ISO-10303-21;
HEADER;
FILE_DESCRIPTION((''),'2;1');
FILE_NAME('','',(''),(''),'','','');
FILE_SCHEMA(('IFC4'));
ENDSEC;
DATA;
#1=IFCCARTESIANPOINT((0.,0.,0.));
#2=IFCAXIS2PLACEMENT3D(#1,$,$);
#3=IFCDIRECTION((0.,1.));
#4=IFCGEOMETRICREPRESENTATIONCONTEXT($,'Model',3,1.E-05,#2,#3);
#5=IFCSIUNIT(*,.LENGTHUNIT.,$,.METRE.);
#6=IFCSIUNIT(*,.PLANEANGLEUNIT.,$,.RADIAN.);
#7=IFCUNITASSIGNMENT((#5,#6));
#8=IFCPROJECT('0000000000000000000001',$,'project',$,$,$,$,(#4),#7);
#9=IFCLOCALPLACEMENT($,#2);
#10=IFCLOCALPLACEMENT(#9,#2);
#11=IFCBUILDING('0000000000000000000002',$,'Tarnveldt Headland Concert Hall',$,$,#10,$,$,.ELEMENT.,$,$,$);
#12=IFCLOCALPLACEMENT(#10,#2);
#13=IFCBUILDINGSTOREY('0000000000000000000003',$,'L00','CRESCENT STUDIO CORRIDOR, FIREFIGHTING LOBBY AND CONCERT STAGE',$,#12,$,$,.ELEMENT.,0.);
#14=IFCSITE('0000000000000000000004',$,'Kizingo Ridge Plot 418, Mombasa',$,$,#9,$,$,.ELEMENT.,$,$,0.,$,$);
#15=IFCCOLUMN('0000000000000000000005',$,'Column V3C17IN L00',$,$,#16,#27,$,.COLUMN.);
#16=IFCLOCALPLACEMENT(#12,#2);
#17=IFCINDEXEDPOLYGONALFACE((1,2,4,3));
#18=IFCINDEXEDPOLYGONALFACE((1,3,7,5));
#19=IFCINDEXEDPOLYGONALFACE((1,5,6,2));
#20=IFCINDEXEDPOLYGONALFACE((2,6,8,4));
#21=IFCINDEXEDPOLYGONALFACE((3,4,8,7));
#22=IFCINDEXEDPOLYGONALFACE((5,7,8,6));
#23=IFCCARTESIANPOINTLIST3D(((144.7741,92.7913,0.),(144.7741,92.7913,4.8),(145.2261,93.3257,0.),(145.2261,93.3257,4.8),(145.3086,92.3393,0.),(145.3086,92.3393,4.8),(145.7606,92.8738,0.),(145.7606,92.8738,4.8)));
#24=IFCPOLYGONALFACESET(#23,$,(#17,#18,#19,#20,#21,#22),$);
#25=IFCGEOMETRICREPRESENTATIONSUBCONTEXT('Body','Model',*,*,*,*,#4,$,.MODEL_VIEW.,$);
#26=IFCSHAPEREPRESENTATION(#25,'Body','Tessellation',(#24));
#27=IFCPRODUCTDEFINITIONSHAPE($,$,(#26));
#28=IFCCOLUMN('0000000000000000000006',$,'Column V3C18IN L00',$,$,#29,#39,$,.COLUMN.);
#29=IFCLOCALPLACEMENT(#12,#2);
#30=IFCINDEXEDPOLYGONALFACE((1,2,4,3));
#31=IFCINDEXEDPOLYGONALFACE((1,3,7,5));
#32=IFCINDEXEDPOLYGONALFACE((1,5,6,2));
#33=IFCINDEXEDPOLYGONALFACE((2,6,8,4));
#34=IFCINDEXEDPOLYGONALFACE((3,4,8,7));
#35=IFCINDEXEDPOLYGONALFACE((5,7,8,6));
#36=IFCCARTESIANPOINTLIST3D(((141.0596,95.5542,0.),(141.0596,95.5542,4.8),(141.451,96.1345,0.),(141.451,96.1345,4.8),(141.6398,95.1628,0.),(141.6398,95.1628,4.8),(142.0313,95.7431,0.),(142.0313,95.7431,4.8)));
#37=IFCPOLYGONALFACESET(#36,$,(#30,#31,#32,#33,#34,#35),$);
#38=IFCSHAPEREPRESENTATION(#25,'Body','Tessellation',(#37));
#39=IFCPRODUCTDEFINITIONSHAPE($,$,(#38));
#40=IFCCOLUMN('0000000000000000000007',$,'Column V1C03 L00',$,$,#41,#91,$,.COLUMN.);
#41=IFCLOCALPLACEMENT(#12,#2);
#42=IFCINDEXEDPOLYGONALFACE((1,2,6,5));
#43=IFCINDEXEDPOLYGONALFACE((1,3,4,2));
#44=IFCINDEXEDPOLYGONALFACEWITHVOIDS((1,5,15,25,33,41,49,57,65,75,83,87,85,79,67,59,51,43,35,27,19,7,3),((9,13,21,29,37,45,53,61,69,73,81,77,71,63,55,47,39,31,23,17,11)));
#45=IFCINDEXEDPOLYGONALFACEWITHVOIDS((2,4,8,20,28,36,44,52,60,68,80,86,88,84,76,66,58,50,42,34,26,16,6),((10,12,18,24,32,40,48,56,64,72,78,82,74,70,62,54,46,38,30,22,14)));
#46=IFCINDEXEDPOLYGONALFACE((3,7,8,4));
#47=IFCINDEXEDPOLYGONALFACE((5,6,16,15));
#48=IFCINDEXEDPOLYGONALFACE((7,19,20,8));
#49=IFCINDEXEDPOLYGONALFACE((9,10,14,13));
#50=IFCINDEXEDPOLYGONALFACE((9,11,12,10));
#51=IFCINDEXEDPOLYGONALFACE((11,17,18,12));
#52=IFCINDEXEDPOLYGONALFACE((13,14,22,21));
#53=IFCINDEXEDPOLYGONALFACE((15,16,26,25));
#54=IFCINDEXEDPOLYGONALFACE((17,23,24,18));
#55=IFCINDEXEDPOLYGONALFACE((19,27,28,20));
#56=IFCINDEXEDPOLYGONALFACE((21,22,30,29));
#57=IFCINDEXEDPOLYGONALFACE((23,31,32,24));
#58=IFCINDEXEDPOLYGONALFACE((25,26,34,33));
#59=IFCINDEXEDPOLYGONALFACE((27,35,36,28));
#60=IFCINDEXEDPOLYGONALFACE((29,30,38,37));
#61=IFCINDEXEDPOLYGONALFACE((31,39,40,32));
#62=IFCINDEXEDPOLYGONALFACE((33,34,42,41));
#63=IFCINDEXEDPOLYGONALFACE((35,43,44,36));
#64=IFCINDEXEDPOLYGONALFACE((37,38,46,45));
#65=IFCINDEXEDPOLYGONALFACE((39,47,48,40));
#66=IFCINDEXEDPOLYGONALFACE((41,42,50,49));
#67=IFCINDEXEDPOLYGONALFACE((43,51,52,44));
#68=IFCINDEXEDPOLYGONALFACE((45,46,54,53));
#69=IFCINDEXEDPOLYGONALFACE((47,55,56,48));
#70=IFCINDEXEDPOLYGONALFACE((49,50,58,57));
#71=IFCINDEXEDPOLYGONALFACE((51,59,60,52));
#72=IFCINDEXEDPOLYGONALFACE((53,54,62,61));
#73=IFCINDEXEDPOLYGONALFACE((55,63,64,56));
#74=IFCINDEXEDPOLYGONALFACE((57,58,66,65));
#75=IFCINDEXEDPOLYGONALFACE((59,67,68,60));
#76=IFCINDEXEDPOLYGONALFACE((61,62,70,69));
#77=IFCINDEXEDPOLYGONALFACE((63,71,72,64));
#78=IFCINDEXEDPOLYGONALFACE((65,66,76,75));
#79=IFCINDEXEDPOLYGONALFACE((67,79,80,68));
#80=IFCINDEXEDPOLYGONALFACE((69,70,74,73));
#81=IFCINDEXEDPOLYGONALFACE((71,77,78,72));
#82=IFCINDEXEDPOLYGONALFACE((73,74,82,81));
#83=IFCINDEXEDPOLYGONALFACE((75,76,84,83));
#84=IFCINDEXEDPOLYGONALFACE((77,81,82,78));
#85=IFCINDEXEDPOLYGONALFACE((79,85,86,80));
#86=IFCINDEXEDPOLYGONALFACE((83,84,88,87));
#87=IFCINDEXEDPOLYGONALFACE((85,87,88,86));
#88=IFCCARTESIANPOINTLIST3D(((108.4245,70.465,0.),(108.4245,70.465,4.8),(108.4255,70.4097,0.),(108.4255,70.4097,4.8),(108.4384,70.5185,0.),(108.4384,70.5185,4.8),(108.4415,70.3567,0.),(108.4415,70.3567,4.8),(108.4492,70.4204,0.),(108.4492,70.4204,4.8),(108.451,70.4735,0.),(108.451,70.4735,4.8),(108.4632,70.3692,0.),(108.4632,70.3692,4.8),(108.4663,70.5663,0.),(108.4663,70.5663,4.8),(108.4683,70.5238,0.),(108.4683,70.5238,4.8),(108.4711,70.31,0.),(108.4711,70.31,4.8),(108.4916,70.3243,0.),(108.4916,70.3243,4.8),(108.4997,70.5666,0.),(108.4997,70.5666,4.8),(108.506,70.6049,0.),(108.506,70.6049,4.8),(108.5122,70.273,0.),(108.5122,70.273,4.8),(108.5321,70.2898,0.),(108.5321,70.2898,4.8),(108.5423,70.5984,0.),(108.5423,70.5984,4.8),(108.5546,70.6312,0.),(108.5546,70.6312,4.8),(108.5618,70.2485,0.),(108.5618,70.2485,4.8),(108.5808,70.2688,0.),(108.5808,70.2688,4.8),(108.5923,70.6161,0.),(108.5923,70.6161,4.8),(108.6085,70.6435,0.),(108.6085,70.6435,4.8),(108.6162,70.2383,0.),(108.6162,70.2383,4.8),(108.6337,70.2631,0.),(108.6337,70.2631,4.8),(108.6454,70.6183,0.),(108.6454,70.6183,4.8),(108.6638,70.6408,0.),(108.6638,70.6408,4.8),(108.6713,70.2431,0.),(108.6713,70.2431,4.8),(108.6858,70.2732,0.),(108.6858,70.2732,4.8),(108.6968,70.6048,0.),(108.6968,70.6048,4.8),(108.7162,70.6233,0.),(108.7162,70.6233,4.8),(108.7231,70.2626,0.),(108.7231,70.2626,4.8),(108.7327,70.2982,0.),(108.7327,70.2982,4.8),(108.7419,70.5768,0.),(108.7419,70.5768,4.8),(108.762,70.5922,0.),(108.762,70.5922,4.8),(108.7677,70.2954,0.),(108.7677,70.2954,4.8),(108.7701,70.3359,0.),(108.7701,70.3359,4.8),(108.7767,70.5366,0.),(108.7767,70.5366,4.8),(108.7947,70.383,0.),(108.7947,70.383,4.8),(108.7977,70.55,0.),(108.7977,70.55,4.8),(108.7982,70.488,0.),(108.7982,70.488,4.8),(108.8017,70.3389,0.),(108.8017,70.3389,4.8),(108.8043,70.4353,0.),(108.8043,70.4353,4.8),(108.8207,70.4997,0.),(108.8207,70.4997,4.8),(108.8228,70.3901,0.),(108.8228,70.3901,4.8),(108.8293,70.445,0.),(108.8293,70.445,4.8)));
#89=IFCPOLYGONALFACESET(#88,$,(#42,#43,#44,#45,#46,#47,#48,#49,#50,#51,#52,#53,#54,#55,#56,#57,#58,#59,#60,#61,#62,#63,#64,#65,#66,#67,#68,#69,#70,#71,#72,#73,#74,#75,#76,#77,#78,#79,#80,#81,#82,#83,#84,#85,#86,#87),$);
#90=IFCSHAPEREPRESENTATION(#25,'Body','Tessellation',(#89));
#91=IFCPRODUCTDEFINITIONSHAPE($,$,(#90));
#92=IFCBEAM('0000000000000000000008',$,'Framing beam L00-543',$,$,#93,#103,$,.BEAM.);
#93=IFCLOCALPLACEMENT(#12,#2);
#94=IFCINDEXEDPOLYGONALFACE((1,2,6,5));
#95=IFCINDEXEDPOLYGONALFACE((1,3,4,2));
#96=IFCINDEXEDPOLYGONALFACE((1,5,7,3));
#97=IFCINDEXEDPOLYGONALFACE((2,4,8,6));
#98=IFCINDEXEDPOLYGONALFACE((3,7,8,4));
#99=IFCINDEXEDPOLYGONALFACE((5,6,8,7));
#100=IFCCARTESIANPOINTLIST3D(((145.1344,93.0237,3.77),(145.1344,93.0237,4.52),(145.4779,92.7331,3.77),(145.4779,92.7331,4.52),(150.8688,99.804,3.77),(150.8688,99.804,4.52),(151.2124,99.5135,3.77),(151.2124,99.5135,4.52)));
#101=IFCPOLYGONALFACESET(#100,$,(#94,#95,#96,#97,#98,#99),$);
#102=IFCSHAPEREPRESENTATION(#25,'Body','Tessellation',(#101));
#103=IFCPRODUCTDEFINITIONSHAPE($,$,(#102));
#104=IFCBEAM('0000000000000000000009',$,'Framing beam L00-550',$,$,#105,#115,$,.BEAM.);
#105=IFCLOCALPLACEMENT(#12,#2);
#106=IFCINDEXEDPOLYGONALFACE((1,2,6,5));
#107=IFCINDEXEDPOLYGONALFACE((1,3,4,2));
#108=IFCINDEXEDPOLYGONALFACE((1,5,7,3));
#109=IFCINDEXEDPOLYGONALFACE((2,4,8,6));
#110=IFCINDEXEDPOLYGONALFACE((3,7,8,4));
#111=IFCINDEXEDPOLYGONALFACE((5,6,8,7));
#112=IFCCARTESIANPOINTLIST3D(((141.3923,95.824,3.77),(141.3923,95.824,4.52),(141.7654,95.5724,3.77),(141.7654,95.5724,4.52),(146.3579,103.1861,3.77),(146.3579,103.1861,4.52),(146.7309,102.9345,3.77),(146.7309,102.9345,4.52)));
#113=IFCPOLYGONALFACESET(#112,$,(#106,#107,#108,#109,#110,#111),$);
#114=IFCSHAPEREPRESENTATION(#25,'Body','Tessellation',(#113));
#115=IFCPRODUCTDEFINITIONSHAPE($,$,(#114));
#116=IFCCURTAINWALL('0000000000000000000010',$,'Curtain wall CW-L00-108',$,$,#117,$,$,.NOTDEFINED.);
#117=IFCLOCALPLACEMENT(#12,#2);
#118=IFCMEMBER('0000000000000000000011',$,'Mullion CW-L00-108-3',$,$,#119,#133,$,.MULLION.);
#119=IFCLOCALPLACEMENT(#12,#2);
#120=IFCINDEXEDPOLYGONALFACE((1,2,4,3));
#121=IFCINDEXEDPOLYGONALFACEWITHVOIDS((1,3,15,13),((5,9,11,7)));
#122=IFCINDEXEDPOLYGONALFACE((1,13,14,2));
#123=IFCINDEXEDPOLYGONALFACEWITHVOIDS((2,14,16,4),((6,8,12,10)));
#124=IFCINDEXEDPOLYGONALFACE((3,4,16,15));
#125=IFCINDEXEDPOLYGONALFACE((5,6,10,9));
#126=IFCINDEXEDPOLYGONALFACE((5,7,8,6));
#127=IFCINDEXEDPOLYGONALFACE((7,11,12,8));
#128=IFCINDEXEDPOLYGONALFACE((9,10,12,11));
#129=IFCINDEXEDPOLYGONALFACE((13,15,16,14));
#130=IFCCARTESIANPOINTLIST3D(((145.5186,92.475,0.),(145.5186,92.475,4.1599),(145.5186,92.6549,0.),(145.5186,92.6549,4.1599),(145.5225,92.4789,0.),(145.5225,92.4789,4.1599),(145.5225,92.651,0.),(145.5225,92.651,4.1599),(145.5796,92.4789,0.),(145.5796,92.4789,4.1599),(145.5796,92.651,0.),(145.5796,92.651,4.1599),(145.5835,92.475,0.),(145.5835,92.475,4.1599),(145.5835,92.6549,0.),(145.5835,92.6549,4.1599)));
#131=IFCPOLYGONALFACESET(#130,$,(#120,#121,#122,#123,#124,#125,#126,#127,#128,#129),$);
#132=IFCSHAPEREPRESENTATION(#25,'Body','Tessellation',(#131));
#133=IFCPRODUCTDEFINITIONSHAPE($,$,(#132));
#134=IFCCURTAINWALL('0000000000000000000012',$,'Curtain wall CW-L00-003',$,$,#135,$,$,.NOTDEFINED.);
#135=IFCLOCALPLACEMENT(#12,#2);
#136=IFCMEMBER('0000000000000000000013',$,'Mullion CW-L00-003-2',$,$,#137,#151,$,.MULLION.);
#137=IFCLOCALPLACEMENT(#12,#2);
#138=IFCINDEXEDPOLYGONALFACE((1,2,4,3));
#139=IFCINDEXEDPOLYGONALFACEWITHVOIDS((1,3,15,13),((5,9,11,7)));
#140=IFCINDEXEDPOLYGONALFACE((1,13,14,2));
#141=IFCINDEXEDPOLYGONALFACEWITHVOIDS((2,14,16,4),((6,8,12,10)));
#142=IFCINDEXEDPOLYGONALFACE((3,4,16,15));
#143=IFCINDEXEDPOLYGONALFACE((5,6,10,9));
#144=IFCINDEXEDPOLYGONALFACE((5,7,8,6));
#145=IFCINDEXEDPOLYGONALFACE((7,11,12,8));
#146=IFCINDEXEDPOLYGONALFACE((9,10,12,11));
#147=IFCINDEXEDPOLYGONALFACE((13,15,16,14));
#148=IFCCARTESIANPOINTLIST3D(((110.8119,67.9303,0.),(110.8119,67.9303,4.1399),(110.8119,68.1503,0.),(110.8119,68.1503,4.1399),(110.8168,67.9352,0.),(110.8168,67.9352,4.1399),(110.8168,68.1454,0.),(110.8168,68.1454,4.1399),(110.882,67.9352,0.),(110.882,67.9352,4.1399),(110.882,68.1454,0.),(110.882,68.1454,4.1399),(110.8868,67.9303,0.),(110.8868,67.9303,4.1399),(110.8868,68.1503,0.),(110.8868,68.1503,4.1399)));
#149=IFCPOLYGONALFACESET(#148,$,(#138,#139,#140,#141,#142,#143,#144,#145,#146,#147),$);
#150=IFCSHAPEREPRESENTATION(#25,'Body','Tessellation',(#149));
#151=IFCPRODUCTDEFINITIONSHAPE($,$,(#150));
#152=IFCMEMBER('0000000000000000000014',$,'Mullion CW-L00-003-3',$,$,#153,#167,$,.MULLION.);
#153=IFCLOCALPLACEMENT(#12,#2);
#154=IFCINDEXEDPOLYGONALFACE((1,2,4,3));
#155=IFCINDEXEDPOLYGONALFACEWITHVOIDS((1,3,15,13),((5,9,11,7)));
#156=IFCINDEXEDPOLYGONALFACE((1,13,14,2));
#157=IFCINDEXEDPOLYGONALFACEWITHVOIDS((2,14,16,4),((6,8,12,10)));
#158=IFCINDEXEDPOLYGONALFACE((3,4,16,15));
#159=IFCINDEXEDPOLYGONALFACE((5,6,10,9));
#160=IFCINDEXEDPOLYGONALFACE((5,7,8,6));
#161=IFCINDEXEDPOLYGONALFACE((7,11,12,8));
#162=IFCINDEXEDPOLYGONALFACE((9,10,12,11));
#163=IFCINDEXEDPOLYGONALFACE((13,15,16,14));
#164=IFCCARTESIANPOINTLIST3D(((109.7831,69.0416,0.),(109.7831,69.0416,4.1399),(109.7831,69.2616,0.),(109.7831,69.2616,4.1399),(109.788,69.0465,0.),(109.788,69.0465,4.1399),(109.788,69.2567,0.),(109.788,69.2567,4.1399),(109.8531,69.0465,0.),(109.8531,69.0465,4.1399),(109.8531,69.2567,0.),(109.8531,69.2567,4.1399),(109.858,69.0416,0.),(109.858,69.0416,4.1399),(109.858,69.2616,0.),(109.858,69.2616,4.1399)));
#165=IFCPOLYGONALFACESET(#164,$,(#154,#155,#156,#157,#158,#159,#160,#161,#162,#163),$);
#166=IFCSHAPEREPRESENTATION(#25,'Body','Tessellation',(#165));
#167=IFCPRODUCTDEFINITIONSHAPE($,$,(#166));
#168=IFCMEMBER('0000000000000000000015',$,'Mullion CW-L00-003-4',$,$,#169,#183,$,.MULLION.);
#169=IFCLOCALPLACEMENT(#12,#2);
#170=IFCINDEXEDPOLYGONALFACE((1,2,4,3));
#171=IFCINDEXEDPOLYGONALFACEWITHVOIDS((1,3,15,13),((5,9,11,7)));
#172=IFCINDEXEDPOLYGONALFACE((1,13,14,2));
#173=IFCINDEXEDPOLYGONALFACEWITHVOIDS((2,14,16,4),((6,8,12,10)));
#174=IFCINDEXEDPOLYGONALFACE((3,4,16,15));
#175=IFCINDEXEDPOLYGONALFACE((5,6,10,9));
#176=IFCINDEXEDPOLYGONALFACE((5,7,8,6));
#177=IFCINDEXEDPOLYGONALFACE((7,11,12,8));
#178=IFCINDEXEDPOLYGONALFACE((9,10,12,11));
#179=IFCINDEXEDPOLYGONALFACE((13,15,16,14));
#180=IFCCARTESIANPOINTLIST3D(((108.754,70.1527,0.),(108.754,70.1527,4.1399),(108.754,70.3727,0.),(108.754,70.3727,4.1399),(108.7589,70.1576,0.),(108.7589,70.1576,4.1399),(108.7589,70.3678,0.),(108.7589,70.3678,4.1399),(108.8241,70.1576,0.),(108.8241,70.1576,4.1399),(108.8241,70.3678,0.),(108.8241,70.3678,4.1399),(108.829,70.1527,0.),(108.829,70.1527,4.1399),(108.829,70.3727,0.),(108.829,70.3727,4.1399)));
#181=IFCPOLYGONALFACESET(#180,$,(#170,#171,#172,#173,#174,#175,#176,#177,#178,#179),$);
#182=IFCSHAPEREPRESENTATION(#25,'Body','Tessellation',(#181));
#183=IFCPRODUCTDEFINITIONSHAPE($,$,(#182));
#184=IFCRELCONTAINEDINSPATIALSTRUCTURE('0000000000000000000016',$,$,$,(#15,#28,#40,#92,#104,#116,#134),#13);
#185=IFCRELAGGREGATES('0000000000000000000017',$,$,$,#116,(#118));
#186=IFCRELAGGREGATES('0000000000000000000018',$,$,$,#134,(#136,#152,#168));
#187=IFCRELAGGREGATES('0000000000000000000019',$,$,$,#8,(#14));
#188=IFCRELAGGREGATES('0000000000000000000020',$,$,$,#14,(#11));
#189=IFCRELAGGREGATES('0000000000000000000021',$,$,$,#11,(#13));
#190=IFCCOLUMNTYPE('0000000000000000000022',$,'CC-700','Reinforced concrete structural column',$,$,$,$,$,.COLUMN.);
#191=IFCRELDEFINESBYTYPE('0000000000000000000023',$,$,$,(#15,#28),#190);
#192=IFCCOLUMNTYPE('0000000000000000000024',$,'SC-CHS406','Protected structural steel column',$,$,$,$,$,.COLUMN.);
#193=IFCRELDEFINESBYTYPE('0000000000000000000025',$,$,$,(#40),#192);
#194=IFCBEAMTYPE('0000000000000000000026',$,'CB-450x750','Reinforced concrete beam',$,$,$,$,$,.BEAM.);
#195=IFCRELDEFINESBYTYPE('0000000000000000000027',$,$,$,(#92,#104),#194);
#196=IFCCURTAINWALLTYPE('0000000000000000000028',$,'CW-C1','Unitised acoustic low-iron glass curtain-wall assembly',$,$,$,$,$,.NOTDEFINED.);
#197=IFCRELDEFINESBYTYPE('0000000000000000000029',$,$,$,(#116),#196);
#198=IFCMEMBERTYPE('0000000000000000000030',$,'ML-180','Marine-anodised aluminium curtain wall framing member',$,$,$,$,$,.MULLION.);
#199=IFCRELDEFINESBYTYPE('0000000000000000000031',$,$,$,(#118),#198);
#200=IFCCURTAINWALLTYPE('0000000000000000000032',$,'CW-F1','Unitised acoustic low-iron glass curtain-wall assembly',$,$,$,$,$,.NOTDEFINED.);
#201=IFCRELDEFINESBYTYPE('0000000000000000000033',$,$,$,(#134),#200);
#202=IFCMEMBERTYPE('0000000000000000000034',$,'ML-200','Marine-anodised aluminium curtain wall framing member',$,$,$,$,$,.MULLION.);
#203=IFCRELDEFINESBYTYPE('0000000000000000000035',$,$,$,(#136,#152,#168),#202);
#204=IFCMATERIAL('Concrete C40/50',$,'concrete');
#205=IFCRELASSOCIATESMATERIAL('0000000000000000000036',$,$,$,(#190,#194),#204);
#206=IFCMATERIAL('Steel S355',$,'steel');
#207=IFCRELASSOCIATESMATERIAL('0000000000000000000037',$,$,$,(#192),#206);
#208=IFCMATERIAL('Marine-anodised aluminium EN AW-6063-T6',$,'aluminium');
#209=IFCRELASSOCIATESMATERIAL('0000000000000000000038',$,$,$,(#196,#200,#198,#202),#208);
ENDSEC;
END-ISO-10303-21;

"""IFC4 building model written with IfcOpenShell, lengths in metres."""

from ifc_helpers import new_model, si_unit, direction, frame, origin, origin_2d, place, context, subcontext, project, spatial, rectangle, hollow_rectangle, hollow_circle, extrude, material, material_profile, profile_set, type_object, element, aggregate, save


model = new_model("IFC4")

# Units and contexts
model_context = context("Model", 3, precision=1e-05, world=origin(), true_north=direction((0.0, 1.0)))
body_context = subcontext(model_context, "Body", "Model", "MODEL_VIEW")
ifc_project = project(units=[si_unit("LENGTHUNIT", "METRE"), si_unit("PLANEANGLEUNIT", "RADIAN")], contexts=[model_context])

# Site, building, storey
site_placement = place(None, origin())
site = spatial("IfcSite", under=ifc_project, at=site_placement, Name="Kizingo Ridge Plot 418, Mombasa", CompositionType="ELEMENT", RefElevation=0.0)
building_placement = place(site_placement, origin())
building = spatial("IfcBuilding", under=site, at=building_placement, Name="Tarnveldt Headland Concert Hall", CompositionType="ELEMENT")
storey_placement = place(building_placement, origin())
storey = spatial("IfcBuildingStorey", under=building, at=storey_placement, Name="L00", Description="CRESCENT STUDIO CORRIDOR, FIREFIGHTING LOBBY AND CONCERT STAGE", CompositionType="ELEMENT", Elevation=0.0)

# Columns
ifc_material_1 = material(Name="Concrete C40/50", Category="concrete")
ifc_material_profile_1 = material_profile(ifc_material_1, rectangle(XDim=0.7, YDim=0.7, at=origin_2d()), Name="RC 700x700", Category="concrete")
ifc_profile_set_1 = profile_set([ifc_material_profile_1], Name="Concrete C40/50")
column_type_1 = type_object("IfcColumnType", Name="CC-700", Description="Reinforced concrete structural column", PredefinedType="COLUMN", material=ifc_profile_set_1)
for number, where, z_axis, x_axis, name in (
    (1, (145.2673, 92.8325, 0.0), (0.0, 0.0, 1.0), (0.645724, 0.763571, 0.0), "Column V3C17IN L00"),
    (2, (141.5454, 95.6487, 0.0), (0.0, 0.0, 1.0), (0.559193, 0.829038, 0.0), "Column V3C18IN L00"),
):
    element("IfcColumn", number, at=place(storey_placement, frame(where, z_axis=z_axis, x_axis=x_axis)), inside=storey, type_object=column_type_1, Name=name, PredefinedType="COLUMN", context=body_context, shape_type="SweptSolid", body=[
        extrude(rectangle(XDim=0.7, YDim=0.7, at=origin_2d()), origin(), (0.0, 0.0, 1.0), 4.8),
    ])
ifc_material_2 = material(Name="Steel S355", Category="steel")
ifc_material_profile_2 = material_profile(ifc_material_2, hollow_circle(Radius=0.2031, WallThickness=0.0249, at=origin_2d()), Name="CHS 406.4x25", Category="steel")
ifc_profile_set_2 = profile_set([ifc_material_profile_2], Name="Steel S355")
column_type_2 = type_object("IfcColumnType", Name="SC-CHS406", Description="Protected structural steel column", PredefinedType="COLUMN", material=ifc_profile_set_2)
column_placement = place(storey_placement, frame((108.6262, 70.4412, 0.0), z_axis=(0.0, 0.0, 1.0), x_axis=(0.844421, 0.535679, 0.0)))
element("IfcColumn", 3, at=column_placement, inside=storey, type_object=column_type_2, Name="Column V1C03 L00", PredefinedType="COLUMN", context=body_context, shape_type="SweptSolid", body=[
    extrude(hollow_circle(Radius=0.2031, WallThickness=0.0249, at=origin_2d()), origin(), (0.0, 0.0, 1.0), 4.8),
])

# Beams
ifc_material_profile_3 = material_profile(ifc_material_1, rectangle(XDim=0.45, YDim=0.75, at=origin_2d()), Name="RC 450x750", Category="concrete")
ifc_profile_set_3 = profile_set([ifc_material_profile_3], Name="Concrete C40/50")
beam_type_1 = type_object("IfcBeamType", Name="CB-450x750", Description="Reinforced concrete beam", PredefinedType="BEAM", material=ifc_profile_set_3)
for number, where, z_axis, x_axis, name in (
    (4, (145.3062, 92.8784, 4.145), (0.64576, 0.763541, 0.0), (-0.763541, 0.64576, 0.0), "Framing beam L00-543"),
    (5, (141.5789, 95.6982, 4.145), (0.559178, 0.829048, 0.0), (-0.829048, 0.559178, 0.0), "Framing beam L00-550"),
):
    element("IfcBeam", number, at=place(storey_placement, frame(where, z_axis=z_axis, x_axis=x_axis)), inside=storey, type_object=beam_type_1, Name=name, PredefinedType="BEAM", context=body_context, shape_type="SweptSolid", body=[
        extrude(rectangle(XDim=0.45, YDim=0.75, at=origin_2d()), origin(), (0.0, 0.0, 1.0), 8.8801),
    ])

# Curtain wall, member
ifc_material_3 = material(Name="Marine-anodised aluminium EN AW-6063-T6", Category="aluminium")
curtain_wall_type_1 = type_object("IfcCurtainWallType", Name="CW-C1", Description="Unitised acoustic low-iron glass curtain-wall assembly", PredefinedType="NOTDEFINED", material=ifc_material_3)
curtain_wall_1_placement = place(storey_placement, origin())
curtain_wall_1 = element("IfcCurtainWall", 6, at=curtain_wall_1_placement, inside=storey, type_object=curtain_wall_type_1, Name="Curtain wall CW-L00-108", PredefinedType="NOTDEFINED")
ifc_material_profile_4 = material_profile(ifc_material_3, hollow_rectangle(XDim=0.0649, YDim=0.1799, WallThickness=0.0039, at=origin_2d()), Name="ALU MULLION 65x180x4", Category="aluminium")
ifc_profile_set_4 = profile_set([ifc_material_profile_4], Name="Marine-anodised aluminium EN AW-6063-T6")
member_type_1 = type_object("IfcMemberType", Name="ML-180", Description="Marine-anodised aluminium curtain wall framing member", PredefinedType="MULLION", material=ifc_profile_set_4)
member_1_placement = place(storey_placement, frame((145.551, 92.5649, 0.0), z_axis=(0.0, 0.0, 1.0), x_axis=(1.0, 0.0, 0.0)))
member_1 = element("IfcMember", 7, at=member_1_placement, type_object=member_type_1, Name="Mullion CW-L00-108-3", PredefinedType="MULLION", context=body_context, shape_type="SweptSolid", body=[
    extrude(hollow_rectangle(XDim=0.0649, YDim=0.1799, WallThickness=0.0039, at=origin_2d()), origin(), (0.0, 0.0, 1.0), 4.1599),
])
aggregate(curtain_wall_1, [member_1])

# Curtain wall, members
curtain_wall_type_2 = type_object("IfcCurtainWallType", Name="CW-F1", Description="Unitised acoustic low-iron glass curtain-wall assembly", PredefinedType="NOTDEFINED", material=ifc_material_3)
curtain_wall_2_placement = place(storey_placement, origin())
curtain_wall_2 = element("IfcCurtainWall", 8, at=curtain_wall_2_placement, inside=storey, type_object=curtain_wall_type_2, Name="Curtain wall CW-L00-003", PredefinedType="NOTDEFINED")
ifc_material_profile_5 = material_profile(ifc_material_3, hollow_rectangle(XDim=0.075, YDim=0.22, WallThickness=0.0049, at=origin_2d()), Name="ALU MULLION 75x220x5", Category="aluminium")
ifc_profile_set_5 = profile_set([ifc_material_profile_5], Name="Marine-anodised aluminium EN AW-6063-T6")
member_type_2 = type_object("IfcMemberType", Name="ML-200", Description="Marine-anodised aluminium curtain wall framing member", PredefinedType="MULLION", material=ifc_profile_set_5)
member_2_placement = place(storey_placement, frame((110.8494, 68.0403, 0.0), z_axis=(0.0, 0.0, 1.0), x_axis=(1.0, 0.0, 0.0)))
member_2 = element("IfcMember", 9, at=member_2_placement, type_object=member_type_2, Name="Mullion CW-L00-003-2", PredefinedType="MULLION", context=body_context, shape_type="SweptSolid", body=[
    extrude(hollow_rectangle(XDim=0.075, YDim=0.22, WallThickness=0.0049, at=origin_2d()), origin(), (0.0, 0.0, 1.0), 4.1399),
])
member_3_placement = place(storey_placement, frame((109.8206, 69.1516, 0.0), z_axis=(0.0, 0.0, 1.0), x_axis=(1.0, 0.0, 0.0)))
member_3 = element("IfcMember", 10, at=member_3_placement, type_object=member_type_2, Name="Mullion CW-L00-003-3", PredefinedType="MULLION", context=body_context, shape_type="SweptSolid", body=[
    extrude(hollow_rectangle(XDim=0.075, YDim=0.22, WallThickness=0.0049, at=origin_2d()), origin(), (0.0, 0.0, 1.0), 4.1399),
])
member_4_placement = place(storey_placement, frame((108.7915, 70.2627, 0.0), z_axis=(0.0, 0.0, 1.0), x_axis=(1.0, 0.0, 0.0)))
member_4 = element("IfcMember", 11, at=member_4_placement, type_object=member_type_2, Name="Mullion CW-L00-003-4", PredefinedType="MULLION", context=body_context, shape_type="SweptSolid", body=[
    extrude(hollow_rectangle(XDim=0.075, YDim=0.22, WallThickness=0.0049, at=origin_2d()), origin(), (0.0, 0.0, 1.0), 4.1399),
])

aggregate(curtain_wall_2, [member_2, member_3, member_4])

save(model, "model.ifc")
